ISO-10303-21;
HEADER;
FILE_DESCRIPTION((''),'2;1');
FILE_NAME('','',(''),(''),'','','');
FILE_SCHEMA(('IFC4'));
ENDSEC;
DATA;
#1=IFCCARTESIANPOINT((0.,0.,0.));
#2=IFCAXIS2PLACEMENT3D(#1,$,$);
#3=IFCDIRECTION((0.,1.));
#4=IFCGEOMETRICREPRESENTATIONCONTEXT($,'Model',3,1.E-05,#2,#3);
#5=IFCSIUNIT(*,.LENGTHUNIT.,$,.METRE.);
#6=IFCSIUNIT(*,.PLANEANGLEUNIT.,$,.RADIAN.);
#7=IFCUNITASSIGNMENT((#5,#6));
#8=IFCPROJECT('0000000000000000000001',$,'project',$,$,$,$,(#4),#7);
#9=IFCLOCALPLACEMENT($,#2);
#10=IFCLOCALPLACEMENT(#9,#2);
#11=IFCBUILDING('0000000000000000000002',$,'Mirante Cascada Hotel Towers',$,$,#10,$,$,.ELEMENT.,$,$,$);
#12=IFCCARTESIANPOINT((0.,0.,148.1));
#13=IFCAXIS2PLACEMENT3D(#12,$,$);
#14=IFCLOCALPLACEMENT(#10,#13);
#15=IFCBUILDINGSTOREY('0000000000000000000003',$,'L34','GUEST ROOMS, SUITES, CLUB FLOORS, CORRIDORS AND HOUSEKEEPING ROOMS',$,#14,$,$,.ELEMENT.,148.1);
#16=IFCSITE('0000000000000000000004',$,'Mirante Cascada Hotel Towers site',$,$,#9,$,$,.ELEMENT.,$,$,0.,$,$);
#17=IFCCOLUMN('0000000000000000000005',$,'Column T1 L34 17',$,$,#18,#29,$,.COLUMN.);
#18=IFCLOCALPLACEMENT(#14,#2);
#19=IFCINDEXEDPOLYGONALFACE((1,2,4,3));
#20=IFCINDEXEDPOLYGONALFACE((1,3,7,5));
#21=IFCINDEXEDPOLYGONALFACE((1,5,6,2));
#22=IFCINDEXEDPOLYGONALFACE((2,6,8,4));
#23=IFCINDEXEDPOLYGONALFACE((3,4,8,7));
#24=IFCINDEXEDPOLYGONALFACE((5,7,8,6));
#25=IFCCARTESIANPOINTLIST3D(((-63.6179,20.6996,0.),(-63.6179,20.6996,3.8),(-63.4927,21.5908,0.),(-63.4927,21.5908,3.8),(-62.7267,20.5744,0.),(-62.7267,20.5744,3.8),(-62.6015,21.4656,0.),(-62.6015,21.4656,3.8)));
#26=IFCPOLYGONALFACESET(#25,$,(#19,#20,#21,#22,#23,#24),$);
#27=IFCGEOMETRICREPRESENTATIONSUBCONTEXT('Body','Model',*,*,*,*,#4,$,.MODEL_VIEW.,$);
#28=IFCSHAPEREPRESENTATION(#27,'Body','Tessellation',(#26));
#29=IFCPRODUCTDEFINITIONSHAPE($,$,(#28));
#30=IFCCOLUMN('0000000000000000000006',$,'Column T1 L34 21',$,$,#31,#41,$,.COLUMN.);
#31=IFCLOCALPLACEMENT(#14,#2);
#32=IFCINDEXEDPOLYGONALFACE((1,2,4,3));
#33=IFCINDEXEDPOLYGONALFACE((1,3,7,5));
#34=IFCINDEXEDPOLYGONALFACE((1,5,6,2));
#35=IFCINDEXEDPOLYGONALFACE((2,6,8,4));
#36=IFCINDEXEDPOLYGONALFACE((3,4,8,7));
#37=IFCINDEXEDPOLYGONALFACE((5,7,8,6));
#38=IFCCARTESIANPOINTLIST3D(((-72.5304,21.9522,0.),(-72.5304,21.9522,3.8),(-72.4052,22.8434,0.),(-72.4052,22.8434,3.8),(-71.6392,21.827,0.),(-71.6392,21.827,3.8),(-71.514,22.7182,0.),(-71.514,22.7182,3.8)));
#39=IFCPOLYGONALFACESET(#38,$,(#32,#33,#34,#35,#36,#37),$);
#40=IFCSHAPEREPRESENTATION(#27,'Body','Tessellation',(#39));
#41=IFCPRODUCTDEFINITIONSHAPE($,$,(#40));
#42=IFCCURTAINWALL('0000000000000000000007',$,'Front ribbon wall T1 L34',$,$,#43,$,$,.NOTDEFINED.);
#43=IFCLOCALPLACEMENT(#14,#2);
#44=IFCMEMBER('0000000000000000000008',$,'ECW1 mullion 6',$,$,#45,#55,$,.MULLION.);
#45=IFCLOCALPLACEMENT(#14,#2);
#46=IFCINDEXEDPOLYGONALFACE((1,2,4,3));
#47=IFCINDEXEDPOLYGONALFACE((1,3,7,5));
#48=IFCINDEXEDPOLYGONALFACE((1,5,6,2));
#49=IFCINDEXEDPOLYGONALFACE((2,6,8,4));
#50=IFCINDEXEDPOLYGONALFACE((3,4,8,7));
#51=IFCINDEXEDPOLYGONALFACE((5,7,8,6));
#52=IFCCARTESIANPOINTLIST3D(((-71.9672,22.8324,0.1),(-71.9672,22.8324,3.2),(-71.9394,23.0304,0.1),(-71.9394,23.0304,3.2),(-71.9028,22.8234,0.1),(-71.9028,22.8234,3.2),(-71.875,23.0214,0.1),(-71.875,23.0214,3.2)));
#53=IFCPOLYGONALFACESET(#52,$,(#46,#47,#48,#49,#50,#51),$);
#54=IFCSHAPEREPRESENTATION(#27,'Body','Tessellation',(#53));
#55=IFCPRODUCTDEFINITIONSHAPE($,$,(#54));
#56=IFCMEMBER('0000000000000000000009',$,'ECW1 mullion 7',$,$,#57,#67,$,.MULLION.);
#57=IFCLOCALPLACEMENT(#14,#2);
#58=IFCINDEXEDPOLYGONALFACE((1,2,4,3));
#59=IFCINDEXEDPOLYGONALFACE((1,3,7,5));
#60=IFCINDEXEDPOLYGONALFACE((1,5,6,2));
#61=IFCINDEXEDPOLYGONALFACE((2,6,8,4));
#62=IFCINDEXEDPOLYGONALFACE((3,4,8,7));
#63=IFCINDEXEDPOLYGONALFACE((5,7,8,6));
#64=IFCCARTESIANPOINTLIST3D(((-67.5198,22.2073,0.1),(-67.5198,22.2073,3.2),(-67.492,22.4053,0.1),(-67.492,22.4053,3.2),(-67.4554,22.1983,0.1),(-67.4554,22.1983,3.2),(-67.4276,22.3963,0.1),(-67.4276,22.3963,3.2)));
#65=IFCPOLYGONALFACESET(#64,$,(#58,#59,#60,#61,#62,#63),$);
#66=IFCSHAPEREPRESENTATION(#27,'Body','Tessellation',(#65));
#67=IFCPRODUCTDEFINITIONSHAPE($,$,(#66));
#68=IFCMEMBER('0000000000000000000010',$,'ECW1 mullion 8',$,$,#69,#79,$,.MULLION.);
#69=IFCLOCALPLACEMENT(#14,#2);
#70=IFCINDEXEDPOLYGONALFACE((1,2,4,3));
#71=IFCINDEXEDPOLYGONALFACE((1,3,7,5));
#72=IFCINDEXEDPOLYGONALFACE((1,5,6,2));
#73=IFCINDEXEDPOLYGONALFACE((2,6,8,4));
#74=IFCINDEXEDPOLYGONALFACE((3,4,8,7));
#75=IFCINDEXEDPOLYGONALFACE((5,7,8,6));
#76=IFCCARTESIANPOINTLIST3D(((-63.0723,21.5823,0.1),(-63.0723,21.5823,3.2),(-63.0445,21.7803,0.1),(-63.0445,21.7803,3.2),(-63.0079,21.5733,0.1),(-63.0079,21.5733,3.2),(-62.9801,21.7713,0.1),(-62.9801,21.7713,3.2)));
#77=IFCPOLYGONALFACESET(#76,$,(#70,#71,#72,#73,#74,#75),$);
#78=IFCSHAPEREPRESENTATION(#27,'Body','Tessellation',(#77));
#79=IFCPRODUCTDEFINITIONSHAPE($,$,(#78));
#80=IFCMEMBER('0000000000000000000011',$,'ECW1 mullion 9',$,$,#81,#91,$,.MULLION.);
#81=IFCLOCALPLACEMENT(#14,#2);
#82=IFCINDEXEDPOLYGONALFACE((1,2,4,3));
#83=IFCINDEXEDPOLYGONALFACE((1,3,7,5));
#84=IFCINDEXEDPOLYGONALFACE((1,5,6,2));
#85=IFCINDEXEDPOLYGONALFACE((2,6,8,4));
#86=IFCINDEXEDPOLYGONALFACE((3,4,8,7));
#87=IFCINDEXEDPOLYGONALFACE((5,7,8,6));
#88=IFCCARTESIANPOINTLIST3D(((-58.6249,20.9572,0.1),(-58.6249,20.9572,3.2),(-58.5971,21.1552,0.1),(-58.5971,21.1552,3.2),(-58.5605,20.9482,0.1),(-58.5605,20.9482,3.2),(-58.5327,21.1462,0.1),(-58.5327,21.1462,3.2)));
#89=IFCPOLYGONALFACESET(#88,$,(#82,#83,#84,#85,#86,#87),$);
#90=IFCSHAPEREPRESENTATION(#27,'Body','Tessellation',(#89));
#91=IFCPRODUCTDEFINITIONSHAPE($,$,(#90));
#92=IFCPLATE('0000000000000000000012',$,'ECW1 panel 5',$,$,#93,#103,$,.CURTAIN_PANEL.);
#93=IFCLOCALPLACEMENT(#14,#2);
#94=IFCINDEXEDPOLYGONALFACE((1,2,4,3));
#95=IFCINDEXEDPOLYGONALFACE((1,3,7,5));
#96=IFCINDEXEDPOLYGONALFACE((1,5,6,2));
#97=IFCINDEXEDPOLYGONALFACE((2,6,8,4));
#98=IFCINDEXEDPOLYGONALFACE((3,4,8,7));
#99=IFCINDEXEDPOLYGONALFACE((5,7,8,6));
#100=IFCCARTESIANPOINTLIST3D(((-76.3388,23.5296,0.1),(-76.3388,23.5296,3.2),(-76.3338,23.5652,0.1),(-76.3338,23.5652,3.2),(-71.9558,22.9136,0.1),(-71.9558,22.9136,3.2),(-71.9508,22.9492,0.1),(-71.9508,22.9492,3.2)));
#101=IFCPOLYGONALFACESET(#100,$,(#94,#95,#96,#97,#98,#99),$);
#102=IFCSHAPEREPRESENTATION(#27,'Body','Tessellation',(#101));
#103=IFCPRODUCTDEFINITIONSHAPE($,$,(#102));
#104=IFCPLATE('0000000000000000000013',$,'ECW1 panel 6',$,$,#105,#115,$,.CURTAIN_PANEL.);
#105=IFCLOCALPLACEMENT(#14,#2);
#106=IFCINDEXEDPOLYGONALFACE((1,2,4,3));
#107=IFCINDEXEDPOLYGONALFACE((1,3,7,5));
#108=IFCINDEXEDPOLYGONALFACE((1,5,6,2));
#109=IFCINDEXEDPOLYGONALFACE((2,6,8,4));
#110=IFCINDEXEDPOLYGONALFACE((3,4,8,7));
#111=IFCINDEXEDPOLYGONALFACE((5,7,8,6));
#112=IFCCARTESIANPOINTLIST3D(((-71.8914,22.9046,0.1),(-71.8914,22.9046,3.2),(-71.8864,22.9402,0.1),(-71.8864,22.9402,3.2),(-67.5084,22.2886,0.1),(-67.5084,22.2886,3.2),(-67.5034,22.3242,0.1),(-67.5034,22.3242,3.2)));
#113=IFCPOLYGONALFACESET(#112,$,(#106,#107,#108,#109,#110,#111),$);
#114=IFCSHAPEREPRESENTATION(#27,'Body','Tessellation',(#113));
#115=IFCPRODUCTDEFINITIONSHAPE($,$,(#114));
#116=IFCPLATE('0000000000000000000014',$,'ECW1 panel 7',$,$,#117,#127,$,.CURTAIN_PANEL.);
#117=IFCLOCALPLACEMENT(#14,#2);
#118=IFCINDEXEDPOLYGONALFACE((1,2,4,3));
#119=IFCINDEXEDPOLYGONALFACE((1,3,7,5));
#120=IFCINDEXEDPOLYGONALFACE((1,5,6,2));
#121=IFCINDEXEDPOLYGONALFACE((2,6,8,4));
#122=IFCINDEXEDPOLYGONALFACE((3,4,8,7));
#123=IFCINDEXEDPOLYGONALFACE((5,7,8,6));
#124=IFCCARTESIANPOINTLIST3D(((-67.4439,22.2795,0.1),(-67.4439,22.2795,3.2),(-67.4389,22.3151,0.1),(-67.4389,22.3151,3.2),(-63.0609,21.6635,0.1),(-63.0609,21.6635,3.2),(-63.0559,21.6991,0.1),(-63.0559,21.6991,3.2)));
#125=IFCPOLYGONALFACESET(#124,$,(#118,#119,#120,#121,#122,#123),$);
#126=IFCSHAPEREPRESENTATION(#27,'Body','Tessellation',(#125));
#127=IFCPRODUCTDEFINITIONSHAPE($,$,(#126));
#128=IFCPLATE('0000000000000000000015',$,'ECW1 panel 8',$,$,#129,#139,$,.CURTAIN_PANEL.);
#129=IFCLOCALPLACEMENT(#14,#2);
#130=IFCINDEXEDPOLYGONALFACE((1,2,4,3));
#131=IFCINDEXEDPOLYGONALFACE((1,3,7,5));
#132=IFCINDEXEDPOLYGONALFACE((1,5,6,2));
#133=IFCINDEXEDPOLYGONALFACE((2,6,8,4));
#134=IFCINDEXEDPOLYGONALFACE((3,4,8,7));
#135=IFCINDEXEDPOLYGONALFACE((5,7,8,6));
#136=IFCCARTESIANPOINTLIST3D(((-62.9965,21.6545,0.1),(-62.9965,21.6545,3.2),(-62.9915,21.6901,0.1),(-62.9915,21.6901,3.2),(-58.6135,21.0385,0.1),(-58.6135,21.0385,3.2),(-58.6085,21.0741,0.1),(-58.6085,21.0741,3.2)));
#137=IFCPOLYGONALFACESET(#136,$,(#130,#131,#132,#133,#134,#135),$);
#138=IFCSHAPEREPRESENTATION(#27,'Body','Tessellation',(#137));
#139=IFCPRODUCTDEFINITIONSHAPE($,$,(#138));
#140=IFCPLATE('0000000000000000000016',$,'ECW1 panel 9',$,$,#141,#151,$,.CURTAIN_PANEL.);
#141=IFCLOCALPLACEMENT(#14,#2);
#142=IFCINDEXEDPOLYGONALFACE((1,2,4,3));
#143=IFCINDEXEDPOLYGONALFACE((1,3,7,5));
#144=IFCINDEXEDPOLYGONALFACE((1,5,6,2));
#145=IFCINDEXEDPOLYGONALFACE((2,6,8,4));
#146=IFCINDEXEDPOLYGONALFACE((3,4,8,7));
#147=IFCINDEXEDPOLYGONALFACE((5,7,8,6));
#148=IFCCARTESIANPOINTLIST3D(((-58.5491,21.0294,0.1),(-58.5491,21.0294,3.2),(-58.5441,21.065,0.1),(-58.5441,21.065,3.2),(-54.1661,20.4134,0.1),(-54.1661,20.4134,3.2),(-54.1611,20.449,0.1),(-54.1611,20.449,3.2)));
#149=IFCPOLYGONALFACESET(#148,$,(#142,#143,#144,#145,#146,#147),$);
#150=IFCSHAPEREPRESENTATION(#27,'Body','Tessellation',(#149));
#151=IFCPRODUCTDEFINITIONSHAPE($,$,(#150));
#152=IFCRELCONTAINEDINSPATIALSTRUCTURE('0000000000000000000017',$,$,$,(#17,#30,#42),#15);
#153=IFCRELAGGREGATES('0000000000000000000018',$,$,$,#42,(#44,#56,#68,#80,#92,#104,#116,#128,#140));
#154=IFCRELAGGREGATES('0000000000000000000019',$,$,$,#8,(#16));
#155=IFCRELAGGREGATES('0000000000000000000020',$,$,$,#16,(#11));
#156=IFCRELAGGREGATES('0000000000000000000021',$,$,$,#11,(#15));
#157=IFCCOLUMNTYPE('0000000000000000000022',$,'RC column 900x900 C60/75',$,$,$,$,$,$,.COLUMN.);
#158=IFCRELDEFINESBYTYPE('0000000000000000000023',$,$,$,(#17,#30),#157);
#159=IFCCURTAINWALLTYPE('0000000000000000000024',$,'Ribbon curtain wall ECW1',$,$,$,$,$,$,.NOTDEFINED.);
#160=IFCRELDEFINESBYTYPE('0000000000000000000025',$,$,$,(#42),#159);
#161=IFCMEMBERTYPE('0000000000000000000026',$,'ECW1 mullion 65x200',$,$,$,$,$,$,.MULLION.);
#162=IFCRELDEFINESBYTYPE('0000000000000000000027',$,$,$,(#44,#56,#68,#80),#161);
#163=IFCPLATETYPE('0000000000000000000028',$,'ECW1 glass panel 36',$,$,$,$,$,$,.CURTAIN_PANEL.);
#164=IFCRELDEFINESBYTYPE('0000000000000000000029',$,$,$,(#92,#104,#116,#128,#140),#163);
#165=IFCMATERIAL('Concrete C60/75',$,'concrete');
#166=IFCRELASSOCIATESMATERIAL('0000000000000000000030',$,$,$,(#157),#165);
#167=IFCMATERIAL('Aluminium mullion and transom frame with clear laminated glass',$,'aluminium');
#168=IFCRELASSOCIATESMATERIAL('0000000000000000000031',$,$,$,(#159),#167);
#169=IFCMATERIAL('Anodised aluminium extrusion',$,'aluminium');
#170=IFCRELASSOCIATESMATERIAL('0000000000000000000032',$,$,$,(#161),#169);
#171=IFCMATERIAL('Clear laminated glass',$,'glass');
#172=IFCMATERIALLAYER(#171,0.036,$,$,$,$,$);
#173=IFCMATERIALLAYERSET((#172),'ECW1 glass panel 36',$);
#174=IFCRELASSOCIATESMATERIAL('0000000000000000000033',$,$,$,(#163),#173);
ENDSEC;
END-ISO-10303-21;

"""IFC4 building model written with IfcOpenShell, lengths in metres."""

from ifc_helpers import new_model, si_unit, direction, frame, origin, origin_2d, place, context, subcontext, project, spatial, rectangle, extrude, material, layer, layer_set, material_profile, profile_set, type_object, element, aggregate, save


model = new_model("IFC4")

# Units and contexts
model_context = context("Model", 3, precision=1e-05, world=origin(), true_north=direction((0.0, 1.0)))
body_context = subcontext(model_context, "Body", "Model", "MODEL_VIEW")
ifc_project = project(units=[si_unit("LENGTHUNIT", "METRE"), si_unit("PLANEANGLEUNIT", "RADIAN")], contexts=[model_context])

# Site, building, storey
site_placement = place(None, origin())
site = spatial("IfcSite", under=ifc_project, at=site_placement, Name="Mirante Cascada Hotel Towers site", CompositionType="ELEMENT", RefElevation=0.0)
building_placement = place(site_placement, origin())
building = spatial("IfcBuilding", under=site, at=building_placement, Name="Mirante Cascada Hotel Towers", CompositionType="ELEMENT")
storey_placement = place(building_placement, frame((0.0, 0.0, 148.1)))
storey = spatial("IfcBuildingStorey", under=building, at=storey_placement, Name="L34", Description="GUEST ROOMS, SUITES, CLUB FLOORS, CORRIDORS AND HOUSEKEEPING ROOMS", CompositionType="ELEMENT", Elevation=148.1)

# Columns
ifc_material_1 = material(Name="Concrete C60/75", Category="concrete")
ifc_material_profile_1 = material_profile(ifc_material_1, rectangle(XDim=0.9, YDim=0.9, at=origin_2d()), Name="RC column 900x900 C60/75")
ifc_profile_set_1 = profile_set([ifc_material_profile_1], Name="Concrete C60/75")
column_type = type_object("IfcColumnType", Name="RC column 900x900 C60/75", PredefinedType="COLUMN", material=ifc_profile_set_1)
for number, where, z_axis, x_axis, name in (
    (1, (-63.1097, 21.0826, 0.0), (0.0, 0.0, 1.0), (-0.990268, 0.139173, 0.0), "Column T1 L34 17"),
    (2, (-72.0222, 22.3352, 0.0), (0.0, 0.0, 1.0), (-0.990268, 0.139173, 0.0), "Column T1 L34 21"),
):
    element("IfcColumn", number, at=place(storey_placement, frame(where, z_axis=z_axis, x_axis=x_axis)), inside=storey, type_object=column_type, Name=name, PredefinedType="COLUMN", context=body_context, shape_type="SweptSolid", body=[
        extrude(rectangle(XDim=0.9, YDim=0.9, at=origin_2d()), origin(), (0.0, 0.0, 1.0), 3.8),
    ])

# Curtain wall, members, plates
ifc_material_2 = material(Name="Aluminium mullion and transom frame with clear laminated glass", Category="aluminium")
curtain_wall_type = type_object("IfcCurtainWallType", Name="Ribbon curtain wall ECW1", PredefinedType="NOTDEFINED", material=ifc_material_2)
curtain_wall_placement = place(storey_placement, origin())
curtain_wall = element("IfcCurtainWall", 3, at=curtain_wall_placement, inside=storey, type_object=curtain_wall_type, Name="Front ribbon wall T1 L34", PredefinedType="NOTDEFINED")
ifc_material_3 = material(Name="Anodised aluminium extrusion", Category="aluminium")
ifc_material_profile_2 = material_profile(ifc_material_3, rectangle(XDim=0.2, YDim=0.065, at=origin_2d()), Name="ECW1 MULLION 65x200")
ifc_profile_set_2 = profile_set([ifc_material_profile_2], Name="Anodised aluminium extrusion")
member_type = type_object("IfcMemberType", Name="ECW1 mullion 65x200", PredefinedType="MULLION", material=ifc_profile_set_2)
member_1_placement = place(storey_placement, frame((-71.9211, 22.9269, 0.1), z_axis=(0.0, 0.0, 1.0), x_axis=(0.139173, 0.990268, 0.0)))
member_1 = element("IfcMember", 4, at=member_1_placement, type_object=member_type, Name="ECW1 mullion 6", PredefinedType="MULLION", context=body_context, shape_type="SweptSolid", body=[
    extrude(rectangle(XDim=0.2, YDim=0.065, at=origin_2d()), origin(), (0.0, 0.0, 1.0), 3.1),
])
member_2_placement = place(storey_placement, frame((-67.4737, 22.3018, 0.1), z_axis=(0.0, 0.0, 1.0), x_axis=(0.139173, 0.990268, 0.0)))
member_2 = element("IfcMember", 5, at=member_2_placement, type_object=member_type, Name="ECW1 mullion 7", PredefinedType="MULLION", context=body_context, shape_type="SweptSolid", body=[
    extrude(rectangle(XDim=0.2, YDim=0.065, at=origin_2d()), origin(), (0.0, 0.0, 1.0), 3.1),
])
member_3_placement = place(storey_placement, frame((-63.0262, 21.6768, 0.1), z_axis=(0.0, 0.0, 1.0), x_axis=(0.139173, 0.990268, 0.0)))
member_3 = element("IfcMember", 6, at=member_3_placement, type_object=member_type, Name="ECW1 mullion 8", PredefinedType="MULLION", context=body_context, shape_type="SweptSolid", body=[
    extrude(rectangle(XDim=0.2, YDim=0.065, at=origin_2d()), origin(), (0.0, 0.0, 1.0), 3.1),
])
member_4_placement = place(storey_placement, frame((-58.5788, 21.0517, 0.1), z_axis=(0.0, 0.0, 1.0), x_axis=(0.139173, 0.990268, 0.0)))
member_4 = element("IfcMember", 7, at=member_4_placement, type_object=member_type, Name="ECW1 mullion 9", PredefinedType="MULLION", context=body_context, shape_type="SweptSolid", body=[
    extrude(rectangle(XDim=0.2, YDim=0.065, at=origin_2d()), origin(), (0.0, 0.0, 1.0), 3.1),
])
ifc_material_4 = material(Name="Clear laminated glass", Category="glass")
ifc_layer_1 = layer(ifc_material_4, 0.036)
ifc_layer_set_1 = layer_set([ifc_layer_1], Name="ECW1 glass panel 36")
plate_type = type_object("IfcPlateType", Name="ECW1 glass panel 36", PredefinedType="CURTAIN_PANEL", material=ifc_layer_set_1)
plate_1_placement = place(storey_placement, frame((-74.1448, 23.2394, 0.1), z_axis=(0.0, 0.0, 1.0), x_axis=(0.990268, -0.139173, 0.0)))
plate_1 = element("IfcPlate", 8, at=plate_1_placement, type_object=plate_type, Name="ECW1 panel 5", PredefinedType="CURTAIN_PANEL", context=body_context, shape_type="SweptSolid", body=[
    extrude(rectangle(XDim=4.4261, YDim=0.036, at=origin_2d()), origin(), (0.0, 0.0, 1.0), 3.1),
])
plate_2_placement = place(storey_placement, frame((-69.6974, 22.6144, 0.1), z_axis=(0.0, 0.0, 1.0), x_axis=(0.990268, -0.139173, 0.0)))
plate_2 = element("IfcPlate", 9, at=plate_2_placement, type_object=plate_type, Name="ECW1 panel 6", PredefinedType="CURTAIN_PANEL", context=body_context, shape_type="SweptSolid", body=[
    extrude(rectangle(XDim=4.4261, YDim=0.036, at=origin_2d()), origin(), (0.0, 0.0, 1.0), 3.1),
])
plate_3_placement = place(storey_placement, frame((-65.2499, 21.9893, 0.1), z_axis=(0.0, 0.0, 1.0), x_axis=(0.990268, -0.139173, 0.0)))
plate_3 = element("IfcPlate", 10, at=plate_3_placement, type_object=plate_type, Name="ECW1 panel 7", PredefinedType="CURTAIN_PANEL", context=body_context, shape_type="SweptSolid", body=[
    extrude(rectangle(XDim=4.4261, YDim=0.036, at=origin_2d()), origin(), (0.0, 0.0, 1.0), 3.1),
])
plate_4_placement = place(storey_placement, frame((-60.8025, 21.3643, 0.1), z_axis=(0.0, 0.0, 1.0), x_axis=(0.990268, -0.139173, 0.0)))
plate_4 = element("IfcPlate", 11, at=plate_4_placement, type_object=plate_type, Name="ECW1 panel 8", PredefinedType="CURTAIN_PANEL", context=body_context, shape_type="SweptSolid", body=[
    extrude(rectangle(XDim=4.4261, YDim=0.036, at=origin_2d()), origin(), (0.0, 0.0, 1.0), 3.1),
])
plate_5_placement = place(storey_placement, frame((-56.3551, 20.7392, 0.1), z_axis=(0.0, 0.0, 1.0), x_axis=(0.990268, -0.139173, 0.0)))
plate_5 = element("IfcPlate", 12, at=plate_5_placement, type_object=plate_type, Name="ECW1 panel 9", PredefinedType="CURTAIN_PANEL", context=body_context, shape_type="SweptSolid", body=[
    extrude(rectangle(XDim=4.4261, YDim=0.036, at=origin_2d()), origin(), (0.0, 0.0, 1.0), 3.1),
])
aggregate(curtain_wall, [member_1, member_2, member_3, member_4, plate_1, plate_2, plate_3, plate_4, plate_5])

save(model, "model.ifc")
